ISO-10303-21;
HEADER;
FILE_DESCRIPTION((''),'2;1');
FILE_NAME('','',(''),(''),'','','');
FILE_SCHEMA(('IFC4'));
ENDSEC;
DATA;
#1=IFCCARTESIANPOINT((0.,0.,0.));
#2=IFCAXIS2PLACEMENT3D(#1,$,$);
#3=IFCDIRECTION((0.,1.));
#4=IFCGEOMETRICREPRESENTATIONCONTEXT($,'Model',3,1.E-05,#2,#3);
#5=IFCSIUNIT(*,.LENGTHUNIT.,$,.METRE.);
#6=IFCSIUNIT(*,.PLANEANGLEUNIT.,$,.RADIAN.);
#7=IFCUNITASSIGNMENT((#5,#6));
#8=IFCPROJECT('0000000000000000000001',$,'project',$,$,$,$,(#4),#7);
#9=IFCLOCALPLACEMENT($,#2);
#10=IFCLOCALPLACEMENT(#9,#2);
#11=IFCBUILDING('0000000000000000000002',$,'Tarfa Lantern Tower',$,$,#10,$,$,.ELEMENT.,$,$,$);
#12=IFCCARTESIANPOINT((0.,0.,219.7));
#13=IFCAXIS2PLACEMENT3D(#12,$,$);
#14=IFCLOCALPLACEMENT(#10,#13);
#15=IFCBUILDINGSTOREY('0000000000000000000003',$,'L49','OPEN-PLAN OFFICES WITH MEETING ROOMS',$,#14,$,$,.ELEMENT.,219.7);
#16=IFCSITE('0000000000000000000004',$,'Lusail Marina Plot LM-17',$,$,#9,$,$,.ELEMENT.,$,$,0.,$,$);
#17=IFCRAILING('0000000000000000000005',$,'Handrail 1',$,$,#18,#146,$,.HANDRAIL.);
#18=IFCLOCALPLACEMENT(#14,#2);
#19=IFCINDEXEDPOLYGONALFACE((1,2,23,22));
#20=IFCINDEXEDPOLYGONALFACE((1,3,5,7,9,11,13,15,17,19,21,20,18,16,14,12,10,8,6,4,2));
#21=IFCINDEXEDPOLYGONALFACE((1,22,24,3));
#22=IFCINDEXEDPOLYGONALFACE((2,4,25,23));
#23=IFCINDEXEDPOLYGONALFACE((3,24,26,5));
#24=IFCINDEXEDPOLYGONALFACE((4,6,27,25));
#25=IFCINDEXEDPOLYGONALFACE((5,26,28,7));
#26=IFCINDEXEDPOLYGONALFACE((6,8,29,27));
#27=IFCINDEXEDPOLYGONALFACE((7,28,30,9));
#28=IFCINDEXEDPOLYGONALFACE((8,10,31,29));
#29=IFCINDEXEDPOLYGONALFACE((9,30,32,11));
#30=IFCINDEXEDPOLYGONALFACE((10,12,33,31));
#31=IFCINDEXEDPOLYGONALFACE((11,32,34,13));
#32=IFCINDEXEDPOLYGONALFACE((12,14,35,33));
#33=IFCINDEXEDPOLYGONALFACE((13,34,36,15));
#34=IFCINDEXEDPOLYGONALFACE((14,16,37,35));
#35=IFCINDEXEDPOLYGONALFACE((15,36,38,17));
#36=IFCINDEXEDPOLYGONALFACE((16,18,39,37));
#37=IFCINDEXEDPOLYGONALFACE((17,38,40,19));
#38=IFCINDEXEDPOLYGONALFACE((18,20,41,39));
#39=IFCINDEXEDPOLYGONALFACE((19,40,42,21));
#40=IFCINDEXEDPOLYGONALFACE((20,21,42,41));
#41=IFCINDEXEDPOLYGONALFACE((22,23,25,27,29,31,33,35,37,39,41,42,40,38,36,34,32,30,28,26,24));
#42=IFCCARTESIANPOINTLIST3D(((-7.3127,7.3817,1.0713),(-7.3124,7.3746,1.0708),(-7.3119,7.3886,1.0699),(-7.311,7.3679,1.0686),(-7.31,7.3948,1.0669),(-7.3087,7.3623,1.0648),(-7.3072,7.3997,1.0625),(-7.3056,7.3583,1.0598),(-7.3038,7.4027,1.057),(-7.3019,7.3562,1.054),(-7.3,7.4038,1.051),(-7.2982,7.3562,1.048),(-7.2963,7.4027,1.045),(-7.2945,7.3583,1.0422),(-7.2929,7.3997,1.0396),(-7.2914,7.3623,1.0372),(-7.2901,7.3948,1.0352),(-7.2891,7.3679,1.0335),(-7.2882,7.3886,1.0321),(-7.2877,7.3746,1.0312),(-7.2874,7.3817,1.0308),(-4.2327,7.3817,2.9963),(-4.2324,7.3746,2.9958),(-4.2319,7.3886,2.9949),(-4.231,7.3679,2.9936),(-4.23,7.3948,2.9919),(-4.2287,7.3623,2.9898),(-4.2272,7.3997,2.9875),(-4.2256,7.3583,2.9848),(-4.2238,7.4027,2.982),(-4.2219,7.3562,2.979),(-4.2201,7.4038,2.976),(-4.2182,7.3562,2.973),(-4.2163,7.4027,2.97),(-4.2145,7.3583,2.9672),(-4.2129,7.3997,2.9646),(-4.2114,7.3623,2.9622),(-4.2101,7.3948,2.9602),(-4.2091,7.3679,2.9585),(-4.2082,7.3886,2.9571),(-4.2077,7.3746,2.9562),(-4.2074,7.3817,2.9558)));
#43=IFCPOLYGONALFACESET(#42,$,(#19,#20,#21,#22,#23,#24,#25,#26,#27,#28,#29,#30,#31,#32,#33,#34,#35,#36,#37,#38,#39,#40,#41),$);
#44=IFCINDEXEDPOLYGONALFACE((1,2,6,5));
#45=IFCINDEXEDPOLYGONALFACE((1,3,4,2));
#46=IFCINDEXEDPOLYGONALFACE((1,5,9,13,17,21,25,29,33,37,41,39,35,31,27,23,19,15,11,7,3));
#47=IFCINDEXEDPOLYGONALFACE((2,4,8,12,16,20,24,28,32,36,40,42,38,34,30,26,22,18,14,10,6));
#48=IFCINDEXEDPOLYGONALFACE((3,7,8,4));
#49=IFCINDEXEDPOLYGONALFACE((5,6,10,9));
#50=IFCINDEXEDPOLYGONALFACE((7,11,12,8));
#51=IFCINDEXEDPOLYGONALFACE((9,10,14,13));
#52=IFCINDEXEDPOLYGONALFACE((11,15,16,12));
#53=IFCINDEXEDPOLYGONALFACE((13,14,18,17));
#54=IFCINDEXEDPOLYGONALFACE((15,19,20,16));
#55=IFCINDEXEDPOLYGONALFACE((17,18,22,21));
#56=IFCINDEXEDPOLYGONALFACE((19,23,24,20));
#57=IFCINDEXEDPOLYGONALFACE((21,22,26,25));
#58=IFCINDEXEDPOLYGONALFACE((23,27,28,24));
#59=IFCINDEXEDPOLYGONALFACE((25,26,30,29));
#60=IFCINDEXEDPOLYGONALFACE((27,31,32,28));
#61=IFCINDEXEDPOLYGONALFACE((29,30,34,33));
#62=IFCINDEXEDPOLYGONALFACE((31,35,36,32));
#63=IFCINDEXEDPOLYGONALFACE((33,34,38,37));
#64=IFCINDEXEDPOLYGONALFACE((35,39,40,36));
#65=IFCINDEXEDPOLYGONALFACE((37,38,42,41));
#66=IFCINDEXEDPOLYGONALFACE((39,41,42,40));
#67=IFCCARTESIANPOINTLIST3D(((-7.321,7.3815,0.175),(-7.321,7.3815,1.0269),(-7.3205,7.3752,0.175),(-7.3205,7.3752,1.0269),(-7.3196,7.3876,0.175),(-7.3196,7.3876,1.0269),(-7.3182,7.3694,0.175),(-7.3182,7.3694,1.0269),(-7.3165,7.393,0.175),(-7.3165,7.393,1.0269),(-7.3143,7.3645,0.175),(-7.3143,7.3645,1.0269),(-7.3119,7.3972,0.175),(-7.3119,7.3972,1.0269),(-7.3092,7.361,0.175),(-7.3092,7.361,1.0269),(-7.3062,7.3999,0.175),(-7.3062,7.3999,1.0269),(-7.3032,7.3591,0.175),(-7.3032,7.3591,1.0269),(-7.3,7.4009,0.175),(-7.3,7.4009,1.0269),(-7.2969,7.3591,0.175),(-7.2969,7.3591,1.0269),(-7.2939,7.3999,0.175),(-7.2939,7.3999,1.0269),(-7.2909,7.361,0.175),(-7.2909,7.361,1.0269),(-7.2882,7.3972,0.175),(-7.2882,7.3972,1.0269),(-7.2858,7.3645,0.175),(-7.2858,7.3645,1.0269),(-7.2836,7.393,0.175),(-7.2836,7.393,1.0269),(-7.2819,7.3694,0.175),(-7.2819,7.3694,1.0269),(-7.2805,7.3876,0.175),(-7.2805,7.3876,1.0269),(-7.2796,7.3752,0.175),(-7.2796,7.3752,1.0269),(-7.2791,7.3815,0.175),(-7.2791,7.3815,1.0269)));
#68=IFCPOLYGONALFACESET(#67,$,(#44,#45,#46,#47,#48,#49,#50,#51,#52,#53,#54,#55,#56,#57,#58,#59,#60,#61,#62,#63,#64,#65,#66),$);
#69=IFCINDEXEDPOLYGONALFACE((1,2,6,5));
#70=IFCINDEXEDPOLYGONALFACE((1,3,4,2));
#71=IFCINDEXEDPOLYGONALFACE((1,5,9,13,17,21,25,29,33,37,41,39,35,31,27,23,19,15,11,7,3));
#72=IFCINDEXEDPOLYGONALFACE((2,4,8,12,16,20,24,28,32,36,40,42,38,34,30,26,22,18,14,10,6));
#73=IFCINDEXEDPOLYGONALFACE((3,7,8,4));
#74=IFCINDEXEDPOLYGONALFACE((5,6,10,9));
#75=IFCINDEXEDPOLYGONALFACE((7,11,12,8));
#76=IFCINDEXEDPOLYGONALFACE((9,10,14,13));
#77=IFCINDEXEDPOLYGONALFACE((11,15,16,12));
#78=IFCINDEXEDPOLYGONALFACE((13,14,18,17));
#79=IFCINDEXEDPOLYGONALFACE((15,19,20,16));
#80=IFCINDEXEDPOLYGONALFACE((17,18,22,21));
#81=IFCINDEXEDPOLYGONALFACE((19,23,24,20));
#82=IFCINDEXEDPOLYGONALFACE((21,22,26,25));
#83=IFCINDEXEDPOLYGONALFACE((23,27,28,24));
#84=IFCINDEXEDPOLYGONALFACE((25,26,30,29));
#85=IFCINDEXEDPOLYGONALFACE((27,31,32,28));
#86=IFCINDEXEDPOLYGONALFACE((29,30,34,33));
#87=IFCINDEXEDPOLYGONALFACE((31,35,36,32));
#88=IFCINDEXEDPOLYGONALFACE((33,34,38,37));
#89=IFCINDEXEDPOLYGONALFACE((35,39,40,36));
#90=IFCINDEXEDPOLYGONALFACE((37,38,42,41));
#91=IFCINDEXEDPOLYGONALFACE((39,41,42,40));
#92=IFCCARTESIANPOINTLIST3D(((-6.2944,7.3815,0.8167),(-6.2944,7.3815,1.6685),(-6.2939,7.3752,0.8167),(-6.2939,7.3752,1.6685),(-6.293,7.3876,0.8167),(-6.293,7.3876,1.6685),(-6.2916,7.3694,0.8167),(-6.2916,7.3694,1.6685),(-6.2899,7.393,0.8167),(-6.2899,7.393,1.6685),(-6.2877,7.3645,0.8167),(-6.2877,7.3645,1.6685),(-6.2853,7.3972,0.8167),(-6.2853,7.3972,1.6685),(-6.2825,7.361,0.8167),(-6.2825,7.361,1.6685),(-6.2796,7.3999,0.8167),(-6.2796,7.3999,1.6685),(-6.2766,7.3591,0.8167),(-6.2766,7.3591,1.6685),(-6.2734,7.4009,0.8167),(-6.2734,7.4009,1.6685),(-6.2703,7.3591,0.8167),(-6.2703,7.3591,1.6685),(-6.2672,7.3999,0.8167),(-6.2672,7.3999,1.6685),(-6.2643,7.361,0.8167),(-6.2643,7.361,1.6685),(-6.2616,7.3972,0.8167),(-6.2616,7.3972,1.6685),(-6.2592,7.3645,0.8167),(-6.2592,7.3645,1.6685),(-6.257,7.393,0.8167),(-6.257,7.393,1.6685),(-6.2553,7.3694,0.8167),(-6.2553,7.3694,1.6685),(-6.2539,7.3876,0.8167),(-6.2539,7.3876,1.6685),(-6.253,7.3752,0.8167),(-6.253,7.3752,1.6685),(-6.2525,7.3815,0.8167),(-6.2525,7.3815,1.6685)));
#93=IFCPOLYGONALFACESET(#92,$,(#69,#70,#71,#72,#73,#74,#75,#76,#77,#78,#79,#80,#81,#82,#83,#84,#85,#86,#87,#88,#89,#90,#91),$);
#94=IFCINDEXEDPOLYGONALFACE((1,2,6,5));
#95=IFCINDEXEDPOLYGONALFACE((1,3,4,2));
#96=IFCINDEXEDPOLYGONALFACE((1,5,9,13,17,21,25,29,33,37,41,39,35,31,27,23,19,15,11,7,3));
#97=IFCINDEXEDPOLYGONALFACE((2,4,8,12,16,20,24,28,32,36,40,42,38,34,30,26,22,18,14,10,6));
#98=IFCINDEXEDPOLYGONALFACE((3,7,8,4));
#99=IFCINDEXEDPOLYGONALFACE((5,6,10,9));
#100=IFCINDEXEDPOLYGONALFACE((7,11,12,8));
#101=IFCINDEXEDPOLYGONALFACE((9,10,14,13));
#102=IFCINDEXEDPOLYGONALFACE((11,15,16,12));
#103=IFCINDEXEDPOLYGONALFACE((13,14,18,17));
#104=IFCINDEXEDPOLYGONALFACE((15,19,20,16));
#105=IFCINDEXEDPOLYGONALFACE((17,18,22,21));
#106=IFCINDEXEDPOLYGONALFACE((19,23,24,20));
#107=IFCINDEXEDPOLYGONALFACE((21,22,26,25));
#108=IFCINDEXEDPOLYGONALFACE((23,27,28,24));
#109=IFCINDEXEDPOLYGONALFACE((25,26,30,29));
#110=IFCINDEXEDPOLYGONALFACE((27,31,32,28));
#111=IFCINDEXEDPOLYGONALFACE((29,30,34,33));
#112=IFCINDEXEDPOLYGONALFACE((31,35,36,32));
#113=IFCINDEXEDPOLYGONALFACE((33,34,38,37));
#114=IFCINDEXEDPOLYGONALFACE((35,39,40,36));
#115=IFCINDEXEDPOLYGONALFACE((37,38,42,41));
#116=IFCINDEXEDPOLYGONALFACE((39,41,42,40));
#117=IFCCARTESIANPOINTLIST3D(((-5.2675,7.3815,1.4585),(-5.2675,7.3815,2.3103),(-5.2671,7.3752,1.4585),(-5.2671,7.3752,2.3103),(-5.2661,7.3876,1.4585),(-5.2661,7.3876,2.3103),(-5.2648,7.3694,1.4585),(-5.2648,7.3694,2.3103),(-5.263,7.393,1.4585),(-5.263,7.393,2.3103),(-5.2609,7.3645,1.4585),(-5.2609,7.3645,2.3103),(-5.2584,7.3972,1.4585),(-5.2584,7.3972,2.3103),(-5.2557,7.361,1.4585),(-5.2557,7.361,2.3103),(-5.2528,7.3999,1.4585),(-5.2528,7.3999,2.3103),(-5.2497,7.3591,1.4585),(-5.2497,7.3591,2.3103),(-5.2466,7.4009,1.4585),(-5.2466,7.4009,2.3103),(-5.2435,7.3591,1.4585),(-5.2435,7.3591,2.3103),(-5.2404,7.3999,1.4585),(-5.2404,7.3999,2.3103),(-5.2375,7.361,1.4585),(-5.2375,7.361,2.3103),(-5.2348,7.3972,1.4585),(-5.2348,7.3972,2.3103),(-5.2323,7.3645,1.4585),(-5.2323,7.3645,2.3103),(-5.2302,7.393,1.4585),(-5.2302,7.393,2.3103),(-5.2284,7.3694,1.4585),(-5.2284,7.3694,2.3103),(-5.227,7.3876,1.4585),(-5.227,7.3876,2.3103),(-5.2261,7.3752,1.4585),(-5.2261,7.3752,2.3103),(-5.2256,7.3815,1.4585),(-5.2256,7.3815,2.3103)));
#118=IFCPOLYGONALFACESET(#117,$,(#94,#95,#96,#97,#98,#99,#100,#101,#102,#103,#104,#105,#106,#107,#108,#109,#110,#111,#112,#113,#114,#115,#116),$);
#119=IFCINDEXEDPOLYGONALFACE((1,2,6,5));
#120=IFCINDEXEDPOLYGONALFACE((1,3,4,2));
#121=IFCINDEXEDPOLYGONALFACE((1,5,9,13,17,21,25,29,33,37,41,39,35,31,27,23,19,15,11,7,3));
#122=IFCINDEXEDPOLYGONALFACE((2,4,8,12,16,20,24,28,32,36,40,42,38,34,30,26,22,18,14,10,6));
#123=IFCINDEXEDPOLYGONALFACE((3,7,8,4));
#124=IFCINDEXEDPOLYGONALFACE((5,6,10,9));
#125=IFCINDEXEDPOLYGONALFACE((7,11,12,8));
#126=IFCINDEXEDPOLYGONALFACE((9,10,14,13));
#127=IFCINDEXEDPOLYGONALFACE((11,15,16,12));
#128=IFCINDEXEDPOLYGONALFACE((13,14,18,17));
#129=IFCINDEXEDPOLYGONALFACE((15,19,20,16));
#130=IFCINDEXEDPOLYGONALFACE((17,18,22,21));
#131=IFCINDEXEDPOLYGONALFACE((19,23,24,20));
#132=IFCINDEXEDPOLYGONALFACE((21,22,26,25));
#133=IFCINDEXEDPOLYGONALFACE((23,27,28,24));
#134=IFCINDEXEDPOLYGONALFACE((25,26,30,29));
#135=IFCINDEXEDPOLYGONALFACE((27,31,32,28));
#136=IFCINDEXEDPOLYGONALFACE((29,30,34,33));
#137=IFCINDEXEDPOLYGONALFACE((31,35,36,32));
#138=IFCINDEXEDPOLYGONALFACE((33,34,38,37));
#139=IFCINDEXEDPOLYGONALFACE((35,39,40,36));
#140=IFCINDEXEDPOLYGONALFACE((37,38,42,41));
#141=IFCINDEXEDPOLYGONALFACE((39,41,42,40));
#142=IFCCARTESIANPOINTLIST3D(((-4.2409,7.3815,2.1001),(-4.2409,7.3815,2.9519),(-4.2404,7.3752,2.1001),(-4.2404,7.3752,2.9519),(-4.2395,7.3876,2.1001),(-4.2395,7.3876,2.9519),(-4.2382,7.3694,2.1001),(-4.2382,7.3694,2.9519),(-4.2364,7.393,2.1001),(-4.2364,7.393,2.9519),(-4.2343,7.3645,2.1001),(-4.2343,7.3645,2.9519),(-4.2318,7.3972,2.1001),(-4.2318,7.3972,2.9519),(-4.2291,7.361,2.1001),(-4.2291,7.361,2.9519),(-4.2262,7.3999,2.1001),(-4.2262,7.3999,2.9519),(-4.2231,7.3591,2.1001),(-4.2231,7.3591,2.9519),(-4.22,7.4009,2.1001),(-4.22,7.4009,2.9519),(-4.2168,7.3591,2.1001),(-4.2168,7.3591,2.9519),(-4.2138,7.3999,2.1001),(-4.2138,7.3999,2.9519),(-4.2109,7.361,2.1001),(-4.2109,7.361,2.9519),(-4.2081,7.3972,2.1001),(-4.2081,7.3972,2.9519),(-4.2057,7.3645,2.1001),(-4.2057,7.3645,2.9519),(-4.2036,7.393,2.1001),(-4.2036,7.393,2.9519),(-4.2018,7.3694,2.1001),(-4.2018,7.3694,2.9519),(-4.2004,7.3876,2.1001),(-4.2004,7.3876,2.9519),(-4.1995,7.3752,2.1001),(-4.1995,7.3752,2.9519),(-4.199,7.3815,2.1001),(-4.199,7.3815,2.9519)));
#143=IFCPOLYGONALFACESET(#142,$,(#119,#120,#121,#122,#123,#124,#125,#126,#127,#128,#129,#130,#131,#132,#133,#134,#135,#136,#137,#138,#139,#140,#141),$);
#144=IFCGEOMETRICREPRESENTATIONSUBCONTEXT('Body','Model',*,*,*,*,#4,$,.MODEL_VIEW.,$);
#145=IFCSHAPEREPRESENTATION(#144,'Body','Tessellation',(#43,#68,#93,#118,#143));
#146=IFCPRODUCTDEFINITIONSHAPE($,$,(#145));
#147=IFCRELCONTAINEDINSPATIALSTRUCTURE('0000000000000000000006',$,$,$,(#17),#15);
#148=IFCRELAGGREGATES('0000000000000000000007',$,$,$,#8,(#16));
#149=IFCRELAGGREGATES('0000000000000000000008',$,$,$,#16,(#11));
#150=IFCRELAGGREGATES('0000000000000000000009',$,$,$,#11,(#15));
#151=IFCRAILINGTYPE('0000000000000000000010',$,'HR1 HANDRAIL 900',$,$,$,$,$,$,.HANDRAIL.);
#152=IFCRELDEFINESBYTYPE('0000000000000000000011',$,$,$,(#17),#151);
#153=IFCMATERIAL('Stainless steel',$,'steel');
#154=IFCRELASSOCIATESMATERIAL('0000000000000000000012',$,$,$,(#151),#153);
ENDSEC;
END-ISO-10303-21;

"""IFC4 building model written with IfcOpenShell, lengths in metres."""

from ifc_helpers import new_model, si_unit, direction, frame, origin, origin_2d, place, context, subcontext, project, spatial, circle, extrude, material, type_object, element, save


model = new_model("IFC4")

# Units and contexts
model_context = context("Model", 3, precision=1e-05, world=origin(), true_north=direction((0.0, 1.0)))
body_context = subcontext(model_context, "Body", "Model", "MODEL_VIEW")
ifc_project = project(units=[si_unit("LENGTHUNIT", "METRE"), si_unit("PLANEANGLEUNIT", "RADIAN")], contexts=[model_context])

# Site, building, storey
site_placement = place(None, origin())
site = spatial("IfcSite", under=ifc_project, at=site_placement, Name="Lusail Marina Plot LM-17", CompositionType="ELEMENT", RefElevation=0.0)
building_placement = place(site_placement, origin())
building = spatial("IfcBuilding", under=site, at=building_placement, Name="Tarfa Lantern Tower", CompositionType="ELEMENT")
storey_placement = place(building_placement, frame((0.0, 0.0, 219.7)))
storey = spatial("IfcBuildingStorey", under=building, at=storey_placement, Name="L49", Description="OPEN-PLAN OFFICES WITH MEETING ROOMS", CompositionType="ELEMENT", Elevation=219.7)

# Railing
ifc_material_1 = material(Name="Stainless steel", Category="steel")
railing_type = type_object("IfcRailingType", Name="HR1 HANDRAIL 900", PredefinedType="HANDRAIL", material=ifc_material_1)
railing_1_placement = place(storey_placement, frame((-7.3, 7.3799, 0.175)))
element("IfcRailing", 1, at=railing_1_placement, inside=storey, type_object=railing_type, Name="Handrail 1", PredefinedType="HANDRAIL", context=body_context, shape_type="SweptSolid", body=[
    extrude(circle(Radius=0.0239, at=origin_2d()), frame((0.0, 0.0, 0.876), z_axis=(0.847998, 0.0, 0.529999), x_axis=(0.0, 1.0, 0.0)), (0.0, 0.0, 1.0), 3.6321),
    extrude(circle(Radius=0.021, at=origin_2d()), frame((0.0, 0.0, 0.0), z_axis=(0.0, 0.0, 1.0), x_axis=(0.0, 1.0, 0.0)), (0.0, 0.0, 1.0), 0.8518),
    extrude(circle(Radius=0.021, at=origin_2d()), frame((1.0266, 0.0, 0.6416), z_axis=(0.0, 0.0, 1.0), x_axis=(0.0, 1.0, 0.0)), (0.0, 0.0, 1.0), 0.8518),
    extrude(circle(Radius=0.021, at=origin_2d()), frame((2.0535, 0.0, 1.2834), z_axis=(0.0, 0.0, 1.0), x_axis=(0.0, 1.0, 0.0)), (0.0, 0.0, 1.0), 0.8518),
    extrude(circle(Radius=0.021, at=origin_2d()), frame((3.0801, 0.0, 1.925), z_axis=(0.0, 0.0, 1.0), x_axis=(0.0, 1.0, 0.0)), (0.0, 0.0, 1.0), 0.8518),
])

save(model, "model.ifc")
